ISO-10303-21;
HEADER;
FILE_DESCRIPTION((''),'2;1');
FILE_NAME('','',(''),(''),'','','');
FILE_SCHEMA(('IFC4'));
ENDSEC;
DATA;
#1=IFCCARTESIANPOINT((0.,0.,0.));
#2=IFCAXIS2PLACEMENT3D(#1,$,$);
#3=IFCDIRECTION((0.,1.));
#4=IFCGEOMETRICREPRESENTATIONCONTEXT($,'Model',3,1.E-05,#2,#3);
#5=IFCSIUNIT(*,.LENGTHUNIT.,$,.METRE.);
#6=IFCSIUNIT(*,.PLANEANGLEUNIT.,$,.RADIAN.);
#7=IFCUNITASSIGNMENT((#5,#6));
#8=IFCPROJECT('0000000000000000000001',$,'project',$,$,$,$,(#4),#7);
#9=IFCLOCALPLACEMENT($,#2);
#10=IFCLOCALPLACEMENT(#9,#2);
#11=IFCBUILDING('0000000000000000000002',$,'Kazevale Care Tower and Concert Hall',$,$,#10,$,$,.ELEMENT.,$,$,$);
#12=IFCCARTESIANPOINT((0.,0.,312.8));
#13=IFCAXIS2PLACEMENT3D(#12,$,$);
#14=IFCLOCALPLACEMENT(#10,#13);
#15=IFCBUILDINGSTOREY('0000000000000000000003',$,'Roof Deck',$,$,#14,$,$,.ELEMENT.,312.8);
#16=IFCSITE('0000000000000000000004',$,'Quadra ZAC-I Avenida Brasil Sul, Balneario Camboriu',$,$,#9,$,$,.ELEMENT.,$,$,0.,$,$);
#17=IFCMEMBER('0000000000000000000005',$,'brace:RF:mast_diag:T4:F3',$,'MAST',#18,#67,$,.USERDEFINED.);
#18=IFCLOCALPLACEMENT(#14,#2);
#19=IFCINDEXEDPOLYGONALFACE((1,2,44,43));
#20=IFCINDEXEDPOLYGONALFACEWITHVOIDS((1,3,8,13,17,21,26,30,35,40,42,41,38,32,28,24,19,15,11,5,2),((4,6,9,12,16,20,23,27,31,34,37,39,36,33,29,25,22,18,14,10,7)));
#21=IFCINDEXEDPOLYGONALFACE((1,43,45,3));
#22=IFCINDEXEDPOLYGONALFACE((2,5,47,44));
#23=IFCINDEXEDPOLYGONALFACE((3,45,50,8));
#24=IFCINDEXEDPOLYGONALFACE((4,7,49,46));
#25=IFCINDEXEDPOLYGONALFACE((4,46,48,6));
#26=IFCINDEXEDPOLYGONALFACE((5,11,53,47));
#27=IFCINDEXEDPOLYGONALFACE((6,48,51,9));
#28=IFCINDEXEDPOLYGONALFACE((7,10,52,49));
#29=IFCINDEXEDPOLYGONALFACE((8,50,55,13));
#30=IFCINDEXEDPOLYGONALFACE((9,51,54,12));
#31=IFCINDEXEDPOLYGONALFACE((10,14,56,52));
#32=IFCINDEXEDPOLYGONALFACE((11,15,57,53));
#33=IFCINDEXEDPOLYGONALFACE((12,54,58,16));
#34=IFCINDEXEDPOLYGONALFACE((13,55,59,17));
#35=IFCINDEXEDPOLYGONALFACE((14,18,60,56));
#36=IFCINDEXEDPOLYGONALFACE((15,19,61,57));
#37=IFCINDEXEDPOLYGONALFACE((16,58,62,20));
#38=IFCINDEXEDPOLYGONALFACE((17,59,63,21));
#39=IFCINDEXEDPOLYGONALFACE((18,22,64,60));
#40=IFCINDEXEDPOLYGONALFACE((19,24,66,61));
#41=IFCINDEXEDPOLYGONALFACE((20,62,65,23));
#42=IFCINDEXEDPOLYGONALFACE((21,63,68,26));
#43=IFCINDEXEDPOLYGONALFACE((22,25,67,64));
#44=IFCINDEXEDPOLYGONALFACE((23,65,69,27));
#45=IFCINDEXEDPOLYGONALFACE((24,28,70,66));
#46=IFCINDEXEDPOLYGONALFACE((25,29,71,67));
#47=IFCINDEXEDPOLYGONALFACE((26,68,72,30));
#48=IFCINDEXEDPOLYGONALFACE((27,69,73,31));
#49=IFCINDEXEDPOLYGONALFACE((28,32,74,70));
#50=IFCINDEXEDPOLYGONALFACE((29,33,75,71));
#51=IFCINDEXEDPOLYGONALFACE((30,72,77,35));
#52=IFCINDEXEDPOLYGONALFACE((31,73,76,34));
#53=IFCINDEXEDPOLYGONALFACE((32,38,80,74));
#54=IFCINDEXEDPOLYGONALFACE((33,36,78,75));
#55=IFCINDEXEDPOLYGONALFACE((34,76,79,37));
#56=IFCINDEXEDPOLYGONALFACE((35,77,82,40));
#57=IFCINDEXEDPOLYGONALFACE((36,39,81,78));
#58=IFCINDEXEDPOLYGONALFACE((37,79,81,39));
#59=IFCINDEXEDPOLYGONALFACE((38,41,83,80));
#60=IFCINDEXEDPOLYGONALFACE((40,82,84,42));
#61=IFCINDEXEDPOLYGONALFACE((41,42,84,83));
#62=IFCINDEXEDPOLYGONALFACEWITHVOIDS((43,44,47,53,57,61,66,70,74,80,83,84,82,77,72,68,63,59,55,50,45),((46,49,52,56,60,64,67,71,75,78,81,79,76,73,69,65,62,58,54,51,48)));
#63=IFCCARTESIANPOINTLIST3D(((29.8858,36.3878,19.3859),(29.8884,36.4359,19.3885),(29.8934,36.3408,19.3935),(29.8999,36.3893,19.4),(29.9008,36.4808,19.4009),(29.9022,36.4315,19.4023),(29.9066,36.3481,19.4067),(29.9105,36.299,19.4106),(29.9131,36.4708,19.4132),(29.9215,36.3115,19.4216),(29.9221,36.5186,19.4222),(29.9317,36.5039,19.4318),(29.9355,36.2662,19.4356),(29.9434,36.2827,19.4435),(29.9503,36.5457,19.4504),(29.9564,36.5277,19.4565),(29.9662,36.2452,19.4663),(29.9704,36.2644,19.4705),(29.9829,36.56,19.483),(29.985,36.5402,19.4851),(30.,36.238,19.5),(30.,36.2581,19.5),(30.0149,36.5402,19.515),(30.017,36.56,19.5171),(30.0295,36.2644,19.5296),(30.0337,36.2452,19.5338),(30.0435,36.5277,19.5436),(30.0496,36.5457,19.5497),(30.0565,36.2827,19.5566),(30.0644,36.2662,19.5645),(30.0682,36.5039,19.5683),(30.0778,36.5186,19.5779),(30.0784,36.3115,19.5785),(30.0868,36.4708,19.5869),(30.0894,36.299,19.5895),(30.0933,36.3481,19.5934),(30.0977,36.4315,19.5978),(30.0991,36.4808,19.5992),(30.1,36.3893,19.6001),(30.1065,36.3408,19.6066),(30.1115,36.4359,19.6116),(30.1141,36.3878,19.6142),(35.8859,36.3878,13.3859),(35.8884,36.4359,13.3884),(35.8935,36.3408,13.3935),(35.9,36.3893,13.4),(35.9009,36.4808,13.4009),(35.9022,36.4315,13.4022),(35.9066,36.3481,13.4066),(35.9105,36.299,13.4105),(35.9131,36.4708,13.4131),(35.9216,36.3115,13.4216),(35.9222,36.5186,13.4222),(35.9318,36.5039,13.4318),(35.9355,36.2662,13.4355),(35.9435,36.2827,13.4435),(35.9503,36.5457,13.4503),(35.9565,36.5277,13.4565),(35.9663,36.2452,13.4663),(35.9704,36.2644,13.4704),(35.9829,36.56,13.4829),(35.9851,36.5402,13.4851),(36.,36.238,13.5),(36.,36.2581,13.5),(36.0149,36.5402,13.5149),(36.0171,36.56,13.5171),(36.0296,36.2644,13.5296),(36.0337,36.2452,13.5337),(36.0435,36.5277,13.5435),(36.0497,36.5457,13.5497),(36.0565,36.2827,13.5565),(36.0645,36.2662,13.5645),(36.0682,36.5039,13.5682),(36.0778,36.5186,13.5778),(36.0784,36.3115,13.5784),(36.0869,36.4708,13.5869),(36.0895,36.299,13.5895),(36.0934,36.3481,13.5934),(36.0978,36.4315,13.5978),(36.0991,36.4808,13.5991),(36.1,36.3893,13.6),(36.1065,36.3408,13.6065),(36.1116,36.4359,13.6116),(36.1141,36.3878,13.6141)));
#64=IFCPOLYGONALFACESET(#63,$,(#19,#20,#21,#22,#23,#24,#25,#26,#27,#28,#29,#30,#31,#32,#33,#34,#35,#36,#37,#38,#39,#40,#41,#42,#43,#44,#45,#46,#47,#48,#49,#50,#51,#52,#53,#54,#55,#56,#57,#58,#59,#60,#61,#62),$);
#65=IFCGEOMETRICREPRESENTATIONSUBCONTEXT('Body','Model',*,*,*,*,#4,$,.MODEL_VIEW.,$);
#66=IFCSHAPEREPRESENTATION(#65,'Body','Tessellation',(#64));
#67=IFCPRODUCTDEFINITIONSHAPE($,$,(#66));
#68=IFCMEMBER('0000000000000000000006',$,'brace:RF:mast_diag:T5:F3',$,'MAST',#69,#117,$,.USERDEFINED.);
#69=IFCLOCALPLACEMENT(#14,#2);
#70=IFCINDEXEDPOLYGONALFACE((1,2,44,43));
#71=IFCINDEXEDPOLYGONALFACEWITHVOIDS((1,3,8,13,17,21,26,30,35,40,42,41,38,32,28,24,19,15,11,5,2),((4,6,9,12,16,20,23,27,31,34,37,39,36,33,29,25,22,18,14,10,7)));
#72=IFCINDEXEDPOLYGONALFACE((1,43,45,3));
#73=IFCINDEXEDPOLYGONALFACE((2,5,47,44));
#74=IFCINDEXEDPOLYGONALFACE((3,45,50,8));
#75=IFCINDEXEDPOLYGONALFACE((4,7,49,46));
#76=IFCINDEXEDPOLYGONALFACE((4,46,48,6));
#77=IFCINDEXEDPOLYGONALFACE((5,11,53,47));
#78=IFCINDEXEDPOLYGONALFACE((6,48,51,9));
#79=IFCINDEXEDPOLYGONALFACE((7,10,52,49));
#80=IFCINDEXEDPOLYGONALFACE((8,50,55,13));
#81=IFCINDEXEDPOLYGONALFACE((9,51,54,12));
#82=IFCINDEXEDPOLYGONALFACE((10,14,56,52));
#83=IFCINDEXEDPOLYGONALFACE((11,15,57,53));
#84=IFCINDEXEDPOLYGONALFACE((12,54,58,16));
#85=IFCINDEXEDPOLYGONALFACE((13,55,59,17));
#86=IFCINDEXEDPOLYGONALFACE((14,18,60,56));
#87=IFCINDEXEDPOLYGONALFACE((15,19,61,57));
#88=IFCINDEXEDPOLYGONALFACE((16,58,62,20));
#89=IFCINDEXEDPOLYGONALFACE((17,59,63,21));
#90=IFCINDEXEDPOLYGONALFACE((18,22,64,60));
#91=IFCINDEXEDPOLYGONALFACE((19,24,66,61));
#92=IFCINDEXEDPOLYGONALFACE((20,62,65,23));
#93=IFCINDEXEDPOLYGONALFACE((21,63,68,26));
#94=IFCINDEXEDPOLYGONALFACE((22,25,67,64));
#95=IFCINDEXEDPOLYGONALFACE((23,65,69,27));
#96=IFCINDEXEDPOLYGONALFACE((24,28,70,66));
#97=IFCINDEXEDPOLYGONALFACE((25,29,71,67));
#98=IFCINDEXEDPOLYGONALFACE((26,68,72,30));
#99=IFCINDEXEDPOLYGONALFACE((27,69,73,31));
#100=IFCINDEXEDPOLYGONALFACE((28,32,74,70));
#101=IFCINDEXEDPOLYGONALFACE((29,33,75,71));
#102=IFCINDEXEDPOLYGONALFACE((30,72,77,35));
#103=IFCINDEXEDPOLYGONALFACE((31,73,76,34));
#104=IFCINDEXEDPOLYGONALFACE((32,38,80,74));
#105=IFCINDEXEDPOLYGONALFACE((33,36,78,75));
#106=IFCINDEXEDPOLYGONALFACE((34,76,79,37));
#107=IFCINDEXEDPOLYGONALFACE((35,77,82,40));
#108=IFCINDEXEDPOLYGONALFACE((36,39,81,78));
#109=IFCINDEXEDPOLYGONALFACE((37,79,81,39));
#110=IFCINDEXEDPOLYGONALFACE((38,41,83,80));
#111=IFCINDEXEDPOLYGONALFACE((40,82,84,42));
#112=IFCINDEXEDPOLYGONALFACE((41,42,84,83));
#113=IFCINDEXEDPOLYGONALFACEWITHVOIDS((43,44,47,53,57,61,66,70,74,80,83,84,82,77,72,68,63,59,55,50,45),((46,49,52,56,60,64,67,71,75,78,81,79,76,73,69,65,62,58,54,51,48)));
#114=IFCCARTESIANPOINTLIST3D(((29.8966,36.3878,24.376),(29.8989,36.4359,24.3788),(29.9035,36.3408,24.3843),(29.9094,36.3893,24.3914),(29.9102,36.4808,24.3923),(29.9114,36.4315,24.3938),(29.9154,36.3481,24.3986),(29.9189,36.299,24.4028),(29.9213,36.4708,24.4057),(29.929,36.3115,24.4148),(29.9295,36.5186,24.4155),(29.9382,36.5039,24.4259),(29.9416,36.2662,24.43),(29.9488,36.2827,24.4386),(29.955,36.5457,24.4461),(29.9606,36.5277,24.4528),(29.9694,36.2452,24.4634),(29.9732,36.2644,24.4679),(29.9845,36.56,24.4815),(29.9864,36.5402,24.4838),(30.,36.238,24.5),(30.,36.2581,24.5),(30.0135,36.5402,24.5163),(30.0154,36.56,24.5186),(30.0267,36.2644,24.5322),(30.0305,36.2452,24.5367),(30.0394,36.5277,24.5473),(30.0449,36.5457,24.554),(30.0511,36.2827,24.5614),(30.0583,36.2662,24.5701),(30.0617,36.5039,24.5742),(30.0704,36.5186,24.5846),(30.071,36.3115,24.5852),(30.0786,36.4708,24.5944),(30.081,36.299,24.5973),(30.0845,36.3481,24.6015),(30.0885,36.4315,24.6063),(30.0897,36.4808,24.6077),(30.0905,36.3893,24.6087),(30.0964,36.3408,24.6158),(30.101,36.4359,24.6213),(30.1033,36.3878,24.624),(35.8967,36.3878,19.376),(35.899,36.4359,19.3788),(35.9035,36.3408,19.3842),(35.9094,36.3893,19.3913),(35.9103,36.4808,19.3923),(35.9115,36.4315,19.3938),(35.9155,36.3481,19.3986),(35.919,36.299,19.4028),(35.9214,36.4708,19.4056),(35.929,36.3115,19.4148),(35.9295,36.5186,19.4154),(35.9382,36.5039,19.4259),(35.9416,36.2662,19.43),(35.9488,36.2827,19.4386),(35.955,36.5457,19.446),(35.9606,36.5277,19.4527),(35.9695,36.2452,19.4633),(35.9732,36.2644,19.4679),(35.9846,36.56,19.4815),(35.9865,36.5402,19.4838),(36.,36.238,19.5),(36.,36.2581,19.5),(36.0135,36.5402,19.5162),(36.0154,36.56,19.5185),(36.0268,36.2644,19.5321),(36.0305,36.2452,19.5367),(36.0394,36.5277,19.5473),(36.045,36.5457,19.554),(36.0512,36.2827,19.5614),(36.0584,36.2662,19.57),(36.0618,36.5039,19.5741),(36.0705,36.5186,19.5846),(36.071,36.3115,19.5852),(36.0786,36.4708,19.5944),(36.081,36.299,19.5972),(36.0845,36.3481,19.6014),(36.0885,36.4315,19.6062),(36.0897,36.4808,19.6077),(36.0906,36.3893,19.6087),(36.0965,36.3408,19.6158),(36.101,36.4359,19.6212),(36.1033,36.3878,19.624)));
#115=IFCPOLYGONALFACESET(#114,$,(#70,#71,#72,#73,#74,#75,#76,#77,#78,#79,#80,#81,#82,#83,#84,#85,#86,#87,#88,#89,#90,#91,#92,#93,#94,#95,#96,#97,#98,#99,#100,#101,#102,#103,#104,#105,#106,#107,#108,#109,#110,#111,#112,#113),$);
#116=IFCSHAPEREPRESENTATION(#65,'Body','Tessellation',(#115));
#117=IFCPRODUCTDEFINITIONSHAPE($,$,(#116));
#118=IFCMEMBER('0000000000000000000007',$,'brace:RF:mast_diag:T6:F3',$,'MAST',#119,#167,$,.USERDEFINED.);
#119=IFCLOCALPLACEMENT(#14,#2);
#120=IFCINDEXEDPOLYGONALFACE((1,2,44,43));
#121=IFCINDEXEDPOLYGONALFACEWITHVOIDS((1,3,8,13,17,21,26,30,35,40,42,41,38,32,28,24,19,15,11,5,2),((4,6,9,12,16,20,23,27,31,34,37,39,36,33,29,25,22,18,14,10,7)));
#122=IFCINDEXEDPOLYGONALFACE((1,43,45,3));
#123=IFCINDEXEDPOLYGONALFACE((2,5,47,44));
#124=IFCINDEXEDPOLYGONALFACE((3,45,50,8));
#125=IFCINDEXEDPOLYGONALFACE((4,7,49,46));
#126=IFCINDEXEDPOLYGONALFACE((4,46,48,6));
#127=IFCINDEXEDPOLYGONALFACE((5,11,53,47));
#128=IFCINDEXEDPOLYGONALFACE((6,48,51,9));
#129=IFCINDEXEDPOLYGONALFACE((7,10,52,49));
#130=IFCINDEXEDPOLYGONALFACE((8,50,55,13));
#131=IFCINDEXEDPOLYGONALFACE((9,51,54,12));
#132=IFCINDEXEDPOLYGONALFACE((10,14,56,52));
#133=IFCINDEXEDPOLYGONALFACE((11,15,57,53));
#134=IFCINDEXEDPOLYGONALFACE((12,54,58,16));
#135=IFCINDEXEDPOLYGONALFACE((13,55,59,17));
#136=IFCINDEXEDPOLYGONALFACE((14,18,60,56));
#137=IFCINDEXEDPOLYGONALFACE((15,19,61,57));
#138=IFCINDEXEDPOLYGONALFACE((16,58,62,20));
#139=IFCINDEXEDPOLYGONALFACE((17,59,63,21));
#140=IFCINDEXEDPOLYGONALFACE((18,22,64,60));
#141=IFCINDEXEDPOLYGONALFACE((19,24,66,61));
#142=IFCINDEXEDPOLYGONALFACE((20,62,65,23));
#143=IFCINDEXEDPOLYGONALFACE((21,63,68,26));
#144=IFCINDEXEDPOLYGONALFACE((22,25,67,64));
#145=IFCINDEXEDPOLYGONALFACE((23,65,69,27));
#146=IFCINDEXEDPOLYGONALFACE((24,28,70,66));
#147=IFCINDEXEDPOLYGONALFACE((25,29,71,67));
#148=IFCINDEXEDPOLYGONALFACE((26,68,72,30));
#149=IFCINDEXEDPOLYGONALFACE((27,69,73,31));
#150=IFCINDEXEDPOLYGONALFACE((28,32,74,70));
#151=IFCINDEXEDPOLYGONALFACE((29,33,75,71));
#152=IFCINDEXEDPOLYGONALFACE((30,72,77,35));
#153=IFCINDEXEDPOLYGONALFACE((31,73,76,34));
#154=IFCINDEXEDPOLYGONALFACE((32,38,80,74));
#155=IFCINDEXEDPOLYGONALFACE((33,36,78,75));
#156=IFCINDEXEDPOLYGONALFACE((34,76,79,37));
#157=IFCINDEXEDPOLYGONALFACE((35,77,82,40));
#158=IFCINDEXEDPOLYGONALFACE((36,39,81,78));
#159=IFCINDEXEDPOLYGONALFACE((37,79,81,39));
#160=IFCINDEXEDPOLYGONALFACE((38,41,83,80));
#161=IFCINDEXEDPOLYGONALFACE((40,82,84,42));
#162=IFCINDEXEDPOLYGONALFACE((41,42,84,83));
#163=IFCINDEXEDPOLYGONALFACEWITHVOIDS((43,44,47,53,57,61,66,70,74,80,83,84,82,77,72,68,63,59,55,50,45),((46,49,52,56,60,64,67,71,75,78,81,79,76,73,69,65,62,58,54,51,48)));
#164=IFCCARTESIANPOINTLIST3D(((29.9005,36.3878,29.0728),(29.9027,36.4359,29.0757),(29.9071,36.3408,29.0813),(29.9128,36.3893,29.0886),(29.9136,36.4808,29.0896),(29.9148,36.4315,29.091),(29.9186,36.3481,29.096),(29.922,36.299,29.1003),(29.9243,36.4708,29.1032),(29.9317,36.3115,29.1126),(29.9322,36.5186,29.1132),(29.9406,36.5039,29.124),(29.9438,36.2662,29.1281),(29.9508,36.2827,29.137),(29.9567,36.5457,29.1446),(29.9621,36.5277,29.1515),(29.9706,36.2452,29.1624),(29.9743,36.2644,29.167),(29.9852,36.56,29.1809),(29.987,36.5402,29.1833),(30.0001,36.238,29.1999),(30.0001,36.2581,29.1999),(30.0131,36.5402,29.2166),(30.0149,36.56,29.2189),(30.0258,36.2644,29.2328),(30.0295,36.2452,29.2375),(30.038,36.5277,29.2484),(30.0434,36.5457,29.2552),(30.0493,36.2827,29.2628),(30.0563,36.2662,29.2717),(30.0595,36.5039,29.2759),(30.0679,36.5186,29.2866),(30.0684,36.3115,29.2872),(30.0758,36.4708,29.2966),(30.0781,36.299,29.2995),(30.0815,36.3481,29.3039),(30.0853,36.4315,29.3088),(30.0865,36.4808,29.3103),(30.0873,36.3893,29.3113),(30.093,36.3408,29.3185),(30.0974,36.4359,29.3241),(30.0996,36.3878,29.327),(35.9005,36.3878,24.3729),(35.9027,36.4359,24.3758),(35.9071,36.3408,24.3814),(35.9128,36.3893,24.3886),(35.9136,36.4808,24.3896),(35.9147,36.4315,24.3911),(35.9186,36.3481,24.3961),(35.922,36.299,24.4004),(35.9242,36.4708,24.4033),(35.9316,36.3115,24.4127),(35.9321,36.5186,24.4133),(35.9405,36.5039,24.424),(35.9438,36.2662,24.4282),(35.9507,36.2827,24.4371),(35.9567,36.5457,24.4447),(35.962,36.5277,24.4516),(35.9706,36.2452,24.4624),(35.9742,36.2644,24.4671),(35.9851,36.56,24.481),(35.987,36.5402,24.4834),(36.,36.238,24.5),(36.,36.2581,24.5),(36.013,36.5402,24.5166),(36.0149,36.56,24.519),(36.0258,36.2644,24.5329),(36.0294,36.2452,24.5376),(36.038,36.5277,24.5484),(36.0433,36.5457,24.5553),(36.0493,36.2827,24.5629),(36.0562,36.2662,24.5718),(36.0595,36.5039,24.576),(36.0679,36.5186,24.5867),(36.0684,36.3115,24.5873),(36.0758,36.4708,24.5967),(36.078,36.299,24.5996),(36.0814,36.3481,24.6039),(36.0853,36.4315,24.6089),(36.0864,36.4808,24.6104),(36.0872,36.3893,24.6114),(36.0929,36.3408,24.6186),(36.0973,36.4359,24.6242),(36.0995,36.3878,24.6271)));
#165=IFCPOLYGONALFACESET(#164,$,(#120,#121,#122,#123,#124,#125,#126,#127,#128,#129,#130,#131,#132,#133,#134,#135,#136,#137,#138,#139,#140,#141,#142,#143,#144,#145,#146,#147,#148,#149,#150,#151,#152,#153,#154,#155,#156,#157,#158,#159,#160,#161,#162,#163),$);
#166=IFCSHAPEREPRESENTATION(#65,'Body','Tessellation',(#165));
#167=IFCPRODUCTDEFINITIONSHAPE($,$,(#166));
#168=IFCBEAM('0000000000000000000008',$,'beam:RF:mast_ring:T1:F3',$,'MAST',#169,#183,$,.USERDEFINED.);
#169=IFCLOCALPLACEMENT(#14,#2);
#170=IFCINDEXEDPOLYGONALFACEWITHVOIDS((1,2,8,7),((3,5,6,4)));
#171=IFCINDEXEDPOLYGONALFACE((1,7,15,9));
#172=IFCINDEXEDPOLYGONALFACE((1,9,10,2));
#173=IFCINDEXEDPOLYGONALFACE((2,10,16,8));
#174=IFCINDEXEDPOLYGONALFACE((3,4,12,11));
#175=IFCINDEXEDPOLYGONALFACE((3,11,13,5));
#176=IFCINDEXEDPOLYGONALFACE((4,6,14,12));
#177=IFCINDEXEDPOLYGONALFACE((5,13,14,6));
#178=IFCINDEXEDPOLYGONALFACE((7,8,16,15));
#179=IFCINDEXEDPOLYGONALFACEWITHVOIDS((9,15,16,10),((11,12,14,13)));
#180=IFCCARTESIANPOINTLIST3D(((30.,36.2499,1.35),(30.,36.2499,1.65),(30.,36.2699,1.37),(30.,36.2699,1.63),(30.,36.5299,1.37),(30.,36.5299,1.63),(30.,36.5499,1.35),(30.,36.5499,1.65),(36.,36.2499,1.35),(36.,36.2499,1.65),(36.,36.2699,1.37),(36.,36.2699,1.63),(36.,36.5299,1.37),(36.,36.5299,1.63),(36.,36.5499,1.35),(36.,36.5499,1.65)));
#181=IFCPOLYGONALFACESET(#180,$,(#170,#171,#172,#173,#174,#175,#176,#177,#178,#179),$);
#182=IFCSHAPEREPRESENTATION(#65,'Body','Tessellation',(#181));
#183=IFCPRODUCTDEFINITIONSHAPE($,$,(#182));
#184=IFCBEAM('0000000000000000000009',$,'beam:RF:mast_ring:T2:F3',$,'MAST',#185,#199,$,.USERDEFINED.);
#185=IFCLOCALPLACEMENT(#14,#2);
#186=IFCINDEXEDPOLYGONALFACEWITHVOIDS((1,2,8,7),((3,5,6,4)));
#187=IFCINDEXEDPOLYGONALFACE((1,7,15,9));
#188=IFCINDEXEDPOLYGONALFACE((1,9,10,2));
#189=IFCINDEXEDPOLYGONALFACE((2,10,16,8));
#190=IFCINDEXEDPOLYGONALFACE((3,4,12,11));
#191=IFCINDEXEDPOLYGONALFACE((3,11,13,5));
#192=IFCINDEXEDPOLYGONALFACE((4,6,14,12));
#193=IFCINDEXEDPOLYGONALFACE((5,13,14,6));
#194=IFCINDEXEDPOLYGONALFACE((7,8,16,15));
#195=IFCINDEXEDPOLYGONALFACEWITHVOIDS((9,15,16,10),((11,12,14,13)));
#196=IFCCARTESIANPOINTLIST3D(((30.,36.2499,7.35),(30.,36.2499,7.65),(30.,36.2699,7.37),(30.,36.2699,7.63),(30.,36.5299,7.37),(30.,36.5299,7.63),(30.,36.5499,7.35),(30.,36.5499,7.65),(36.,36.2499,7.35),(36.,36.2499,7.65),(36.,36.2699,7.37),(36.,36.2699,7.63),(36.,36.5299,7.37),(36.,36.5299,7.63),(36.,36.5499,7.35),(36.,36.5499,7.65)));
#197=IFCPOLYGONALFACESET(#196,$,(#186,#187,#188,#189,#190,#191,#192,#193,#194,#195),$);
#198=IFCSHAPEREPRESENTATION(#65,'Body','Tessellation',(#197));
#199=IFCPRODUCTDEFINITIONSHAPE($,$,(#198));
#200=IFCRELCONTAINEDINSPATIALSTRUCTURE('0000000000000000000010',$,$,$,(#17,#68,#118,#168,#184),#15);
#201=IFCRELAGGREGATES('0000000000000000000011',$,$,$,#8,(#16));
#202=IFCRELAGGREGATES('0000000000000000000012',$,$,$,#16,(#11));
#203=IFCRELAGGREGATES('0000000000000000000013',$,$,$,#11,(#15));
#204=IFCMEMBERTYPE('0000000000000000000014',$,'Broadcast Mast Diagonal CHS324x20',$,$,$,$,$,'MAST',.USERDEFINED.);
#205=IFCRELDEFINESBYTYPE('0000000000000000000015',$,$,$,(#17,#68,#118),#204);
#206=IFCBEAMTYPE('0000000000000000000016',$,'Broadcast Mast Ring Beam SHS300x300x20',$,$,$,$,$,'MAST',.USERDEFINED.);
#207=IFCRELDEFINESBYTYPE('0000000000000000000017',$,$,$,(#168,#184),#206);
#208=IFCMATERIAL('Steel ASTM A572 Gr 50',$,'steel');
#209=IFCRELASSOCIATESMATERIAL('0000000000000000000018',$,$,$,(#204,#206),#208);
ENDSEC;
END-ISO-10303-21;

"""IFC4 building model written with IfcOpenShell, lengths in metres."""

from ifc_helpers import new_model, si_unit, direction, frame, origin, origin_2d, place, context, subcontext, project, spatial, hollow_rectangle, hollow_circle, extrude, material, material_profile, profile_set, type_object, element, save


model = new_model("IFC4")

# Units and contexts
model_context = context("Model", 3, precision=1e-05, world=origin(), true_north=direction((0.0, 1.0)))
body_context = subcontext(model_context, "Body", "Model", "MODEL_VIEW")
ifc_project = project(units=[si_unit("LENGTHUNIT", "METRE"), si_unit("PLANEANGLEUNIT", "RADIAN")], contexts=[model_context])

# Site, building, storey
site_placement = place(None, origin())
site = spatial("IfcSite", under=ifc_project, at=site_placement, Name="Quadra ZAC-I Avenida Brasil Sul, Balneario Camboriu", CompositionType="ELEMENT", RefElevation=0.0)
building_placement = place(site_placement, origin())
building = spatial("IfcBuilding", under=site, at=building_placement, Name="Kazevale Care Tower and Concert Hall", CompositionType="ELEMENT")
storey_placement = place(building_placement, frame((0.0, 0.0, 312.8)))
storey = spatial("IfcBuildingStorey", under=building, at=storey_placement, Name="Roof Deck", CompositionType="ELEMENT", Elevation=312.8)

# Shared definitions
ifc_material_1 = material(Name="Steel ASTM A572 Gr 50", Category="steel")

# Members
ifc_material_profile_1 = material_profile(ifc_material_1, hollow_circle(Radius=0.1619, WallThickness=0.02, at=origin_2d()), Name="CHS324x20")
ifc_profile_set_1 = profile_set([ifc_material_profile_1], Name="Steel ASTM A572 Gr 50")
member_type = type_object("IfcMemberType", Name="Broadcast Mast Diagonal CHS324x20", ElementType="MAST", PredefinedType="USERDEFINED", material=ifc_profile_set_1)
for number, where, z_axis, x_axis, name in (
    (1, (36.0, 36.3999, 13.5), (-0.707107, 0.0, 0.707107), (0.0, -1.0, 0.0), "brace:RF:mast_diag:T4:F3"),
):
    element("IfcMember", number, at=place(storey_placement, frame(where, z_axis=z_axis, x_axis=x_axis)), inside=storey, type_object=member_type, Name=name, ObjectType="MAST", PredefinedType="USERDEFINED", context=body_context, shape_type="SweptSolid", body=[
        extrude(hollow_circle(Radius=0.1619, WallThickness=0.02, at=origin_2d()), origin(), (0.0, 0.0, 1.0), 8.4854),
    ])
member_1_placement = place(storey_placement, frame((36.0, 36.3999, 19.5), z_axis=(-0.768221, 0.0, 0.640184), x_axis=(0.0, -1.0, 0.0)))
element("IfcMember", 2, at=member_1_placement, inside=storey, type_object=member_type, Name="brace:RF:mast_diag:T5:F3", ObjectType="MAST", PredefinedType="USERDEFINED", context=body_context, shape_type="SweptSolid", body=[
    extrude(hollow_circle(Radius=0.1619, WallThickness=0.02, at=origin_2d()), origin(), (0.0, 0.0, 1.0), 7.8103),
])
member_2_placement = place(storey_placement, frame((36.0, 36.3999, 24.5), z_axis=(-0.787231, 0.0, 0.616658), x_axis=(0.0, -1.0, 0.0)))
element("IfcMember", 3, at=member_2_placement, inside=storey, type_object=member_type, Name="brace:RF:mast_diag:T6:F3", ObjectType="MAST", PredefinedType="USERDEFINED", context=body_context, shape_type="SweptSolid", body=[
    extrude(hollow_circle(Radius=0.1619, WallThickness=0.02, at=origin_2d()), origin(), (0.0, 0.0, 1.0), 7.6216),
])

# Beams
ifc_material_profile_2 = material_profile(ifc_material_1, hollow_rectangle(XDim=0.3, YDim=0.3, WallThickness=0.02, at=origin_2d()), Name="SHS300x300x20")
ifc_profile_set_2 = profile_set([ifc_material_profile_2], Name="Steel ASTM A572 Gr 50")
beam_type = type_object("IfcBeamType", Name="Broadcast Mast Ring Beam SHS300x300x20", ElementType="MAST", PredefinedType="USERDEFINED", material=ifc_profile_set_2)
for number, where, z_axis, x_axis, name in (
    (4, (36.0, 36.3999, 1.5), (-1.0, 0.0, 0.0), (0.0, -1.0, 0.0), "beam:RF:mast_ring:T1:F3"),
    (5, (36.0, 36.3999, 7.5), (-1.0, 0.0, 0.0), (0.0, -1.0, 0.0), "beam:RF:mast_ring:T2:F3"),
):
    element("IfcBeam", number, at=place(storey_placement, frame(where, z_axis=z_axis, x_axis=x_axis)), inside=storey, type_object=beam_type, Name=name, ObjectType="MAST", PredefinedType="USERDEFINED", context=body_context, shape_type="SweptSolid", body=[
        extrude(hollow_rectangle(XDim=0.3, YDim=0.3, WallThickness=0.02, at=origin_2d()), origin(), (0.0, 0.0, 1.0), 6.0),
    ])

save(model, "model.ifc")
